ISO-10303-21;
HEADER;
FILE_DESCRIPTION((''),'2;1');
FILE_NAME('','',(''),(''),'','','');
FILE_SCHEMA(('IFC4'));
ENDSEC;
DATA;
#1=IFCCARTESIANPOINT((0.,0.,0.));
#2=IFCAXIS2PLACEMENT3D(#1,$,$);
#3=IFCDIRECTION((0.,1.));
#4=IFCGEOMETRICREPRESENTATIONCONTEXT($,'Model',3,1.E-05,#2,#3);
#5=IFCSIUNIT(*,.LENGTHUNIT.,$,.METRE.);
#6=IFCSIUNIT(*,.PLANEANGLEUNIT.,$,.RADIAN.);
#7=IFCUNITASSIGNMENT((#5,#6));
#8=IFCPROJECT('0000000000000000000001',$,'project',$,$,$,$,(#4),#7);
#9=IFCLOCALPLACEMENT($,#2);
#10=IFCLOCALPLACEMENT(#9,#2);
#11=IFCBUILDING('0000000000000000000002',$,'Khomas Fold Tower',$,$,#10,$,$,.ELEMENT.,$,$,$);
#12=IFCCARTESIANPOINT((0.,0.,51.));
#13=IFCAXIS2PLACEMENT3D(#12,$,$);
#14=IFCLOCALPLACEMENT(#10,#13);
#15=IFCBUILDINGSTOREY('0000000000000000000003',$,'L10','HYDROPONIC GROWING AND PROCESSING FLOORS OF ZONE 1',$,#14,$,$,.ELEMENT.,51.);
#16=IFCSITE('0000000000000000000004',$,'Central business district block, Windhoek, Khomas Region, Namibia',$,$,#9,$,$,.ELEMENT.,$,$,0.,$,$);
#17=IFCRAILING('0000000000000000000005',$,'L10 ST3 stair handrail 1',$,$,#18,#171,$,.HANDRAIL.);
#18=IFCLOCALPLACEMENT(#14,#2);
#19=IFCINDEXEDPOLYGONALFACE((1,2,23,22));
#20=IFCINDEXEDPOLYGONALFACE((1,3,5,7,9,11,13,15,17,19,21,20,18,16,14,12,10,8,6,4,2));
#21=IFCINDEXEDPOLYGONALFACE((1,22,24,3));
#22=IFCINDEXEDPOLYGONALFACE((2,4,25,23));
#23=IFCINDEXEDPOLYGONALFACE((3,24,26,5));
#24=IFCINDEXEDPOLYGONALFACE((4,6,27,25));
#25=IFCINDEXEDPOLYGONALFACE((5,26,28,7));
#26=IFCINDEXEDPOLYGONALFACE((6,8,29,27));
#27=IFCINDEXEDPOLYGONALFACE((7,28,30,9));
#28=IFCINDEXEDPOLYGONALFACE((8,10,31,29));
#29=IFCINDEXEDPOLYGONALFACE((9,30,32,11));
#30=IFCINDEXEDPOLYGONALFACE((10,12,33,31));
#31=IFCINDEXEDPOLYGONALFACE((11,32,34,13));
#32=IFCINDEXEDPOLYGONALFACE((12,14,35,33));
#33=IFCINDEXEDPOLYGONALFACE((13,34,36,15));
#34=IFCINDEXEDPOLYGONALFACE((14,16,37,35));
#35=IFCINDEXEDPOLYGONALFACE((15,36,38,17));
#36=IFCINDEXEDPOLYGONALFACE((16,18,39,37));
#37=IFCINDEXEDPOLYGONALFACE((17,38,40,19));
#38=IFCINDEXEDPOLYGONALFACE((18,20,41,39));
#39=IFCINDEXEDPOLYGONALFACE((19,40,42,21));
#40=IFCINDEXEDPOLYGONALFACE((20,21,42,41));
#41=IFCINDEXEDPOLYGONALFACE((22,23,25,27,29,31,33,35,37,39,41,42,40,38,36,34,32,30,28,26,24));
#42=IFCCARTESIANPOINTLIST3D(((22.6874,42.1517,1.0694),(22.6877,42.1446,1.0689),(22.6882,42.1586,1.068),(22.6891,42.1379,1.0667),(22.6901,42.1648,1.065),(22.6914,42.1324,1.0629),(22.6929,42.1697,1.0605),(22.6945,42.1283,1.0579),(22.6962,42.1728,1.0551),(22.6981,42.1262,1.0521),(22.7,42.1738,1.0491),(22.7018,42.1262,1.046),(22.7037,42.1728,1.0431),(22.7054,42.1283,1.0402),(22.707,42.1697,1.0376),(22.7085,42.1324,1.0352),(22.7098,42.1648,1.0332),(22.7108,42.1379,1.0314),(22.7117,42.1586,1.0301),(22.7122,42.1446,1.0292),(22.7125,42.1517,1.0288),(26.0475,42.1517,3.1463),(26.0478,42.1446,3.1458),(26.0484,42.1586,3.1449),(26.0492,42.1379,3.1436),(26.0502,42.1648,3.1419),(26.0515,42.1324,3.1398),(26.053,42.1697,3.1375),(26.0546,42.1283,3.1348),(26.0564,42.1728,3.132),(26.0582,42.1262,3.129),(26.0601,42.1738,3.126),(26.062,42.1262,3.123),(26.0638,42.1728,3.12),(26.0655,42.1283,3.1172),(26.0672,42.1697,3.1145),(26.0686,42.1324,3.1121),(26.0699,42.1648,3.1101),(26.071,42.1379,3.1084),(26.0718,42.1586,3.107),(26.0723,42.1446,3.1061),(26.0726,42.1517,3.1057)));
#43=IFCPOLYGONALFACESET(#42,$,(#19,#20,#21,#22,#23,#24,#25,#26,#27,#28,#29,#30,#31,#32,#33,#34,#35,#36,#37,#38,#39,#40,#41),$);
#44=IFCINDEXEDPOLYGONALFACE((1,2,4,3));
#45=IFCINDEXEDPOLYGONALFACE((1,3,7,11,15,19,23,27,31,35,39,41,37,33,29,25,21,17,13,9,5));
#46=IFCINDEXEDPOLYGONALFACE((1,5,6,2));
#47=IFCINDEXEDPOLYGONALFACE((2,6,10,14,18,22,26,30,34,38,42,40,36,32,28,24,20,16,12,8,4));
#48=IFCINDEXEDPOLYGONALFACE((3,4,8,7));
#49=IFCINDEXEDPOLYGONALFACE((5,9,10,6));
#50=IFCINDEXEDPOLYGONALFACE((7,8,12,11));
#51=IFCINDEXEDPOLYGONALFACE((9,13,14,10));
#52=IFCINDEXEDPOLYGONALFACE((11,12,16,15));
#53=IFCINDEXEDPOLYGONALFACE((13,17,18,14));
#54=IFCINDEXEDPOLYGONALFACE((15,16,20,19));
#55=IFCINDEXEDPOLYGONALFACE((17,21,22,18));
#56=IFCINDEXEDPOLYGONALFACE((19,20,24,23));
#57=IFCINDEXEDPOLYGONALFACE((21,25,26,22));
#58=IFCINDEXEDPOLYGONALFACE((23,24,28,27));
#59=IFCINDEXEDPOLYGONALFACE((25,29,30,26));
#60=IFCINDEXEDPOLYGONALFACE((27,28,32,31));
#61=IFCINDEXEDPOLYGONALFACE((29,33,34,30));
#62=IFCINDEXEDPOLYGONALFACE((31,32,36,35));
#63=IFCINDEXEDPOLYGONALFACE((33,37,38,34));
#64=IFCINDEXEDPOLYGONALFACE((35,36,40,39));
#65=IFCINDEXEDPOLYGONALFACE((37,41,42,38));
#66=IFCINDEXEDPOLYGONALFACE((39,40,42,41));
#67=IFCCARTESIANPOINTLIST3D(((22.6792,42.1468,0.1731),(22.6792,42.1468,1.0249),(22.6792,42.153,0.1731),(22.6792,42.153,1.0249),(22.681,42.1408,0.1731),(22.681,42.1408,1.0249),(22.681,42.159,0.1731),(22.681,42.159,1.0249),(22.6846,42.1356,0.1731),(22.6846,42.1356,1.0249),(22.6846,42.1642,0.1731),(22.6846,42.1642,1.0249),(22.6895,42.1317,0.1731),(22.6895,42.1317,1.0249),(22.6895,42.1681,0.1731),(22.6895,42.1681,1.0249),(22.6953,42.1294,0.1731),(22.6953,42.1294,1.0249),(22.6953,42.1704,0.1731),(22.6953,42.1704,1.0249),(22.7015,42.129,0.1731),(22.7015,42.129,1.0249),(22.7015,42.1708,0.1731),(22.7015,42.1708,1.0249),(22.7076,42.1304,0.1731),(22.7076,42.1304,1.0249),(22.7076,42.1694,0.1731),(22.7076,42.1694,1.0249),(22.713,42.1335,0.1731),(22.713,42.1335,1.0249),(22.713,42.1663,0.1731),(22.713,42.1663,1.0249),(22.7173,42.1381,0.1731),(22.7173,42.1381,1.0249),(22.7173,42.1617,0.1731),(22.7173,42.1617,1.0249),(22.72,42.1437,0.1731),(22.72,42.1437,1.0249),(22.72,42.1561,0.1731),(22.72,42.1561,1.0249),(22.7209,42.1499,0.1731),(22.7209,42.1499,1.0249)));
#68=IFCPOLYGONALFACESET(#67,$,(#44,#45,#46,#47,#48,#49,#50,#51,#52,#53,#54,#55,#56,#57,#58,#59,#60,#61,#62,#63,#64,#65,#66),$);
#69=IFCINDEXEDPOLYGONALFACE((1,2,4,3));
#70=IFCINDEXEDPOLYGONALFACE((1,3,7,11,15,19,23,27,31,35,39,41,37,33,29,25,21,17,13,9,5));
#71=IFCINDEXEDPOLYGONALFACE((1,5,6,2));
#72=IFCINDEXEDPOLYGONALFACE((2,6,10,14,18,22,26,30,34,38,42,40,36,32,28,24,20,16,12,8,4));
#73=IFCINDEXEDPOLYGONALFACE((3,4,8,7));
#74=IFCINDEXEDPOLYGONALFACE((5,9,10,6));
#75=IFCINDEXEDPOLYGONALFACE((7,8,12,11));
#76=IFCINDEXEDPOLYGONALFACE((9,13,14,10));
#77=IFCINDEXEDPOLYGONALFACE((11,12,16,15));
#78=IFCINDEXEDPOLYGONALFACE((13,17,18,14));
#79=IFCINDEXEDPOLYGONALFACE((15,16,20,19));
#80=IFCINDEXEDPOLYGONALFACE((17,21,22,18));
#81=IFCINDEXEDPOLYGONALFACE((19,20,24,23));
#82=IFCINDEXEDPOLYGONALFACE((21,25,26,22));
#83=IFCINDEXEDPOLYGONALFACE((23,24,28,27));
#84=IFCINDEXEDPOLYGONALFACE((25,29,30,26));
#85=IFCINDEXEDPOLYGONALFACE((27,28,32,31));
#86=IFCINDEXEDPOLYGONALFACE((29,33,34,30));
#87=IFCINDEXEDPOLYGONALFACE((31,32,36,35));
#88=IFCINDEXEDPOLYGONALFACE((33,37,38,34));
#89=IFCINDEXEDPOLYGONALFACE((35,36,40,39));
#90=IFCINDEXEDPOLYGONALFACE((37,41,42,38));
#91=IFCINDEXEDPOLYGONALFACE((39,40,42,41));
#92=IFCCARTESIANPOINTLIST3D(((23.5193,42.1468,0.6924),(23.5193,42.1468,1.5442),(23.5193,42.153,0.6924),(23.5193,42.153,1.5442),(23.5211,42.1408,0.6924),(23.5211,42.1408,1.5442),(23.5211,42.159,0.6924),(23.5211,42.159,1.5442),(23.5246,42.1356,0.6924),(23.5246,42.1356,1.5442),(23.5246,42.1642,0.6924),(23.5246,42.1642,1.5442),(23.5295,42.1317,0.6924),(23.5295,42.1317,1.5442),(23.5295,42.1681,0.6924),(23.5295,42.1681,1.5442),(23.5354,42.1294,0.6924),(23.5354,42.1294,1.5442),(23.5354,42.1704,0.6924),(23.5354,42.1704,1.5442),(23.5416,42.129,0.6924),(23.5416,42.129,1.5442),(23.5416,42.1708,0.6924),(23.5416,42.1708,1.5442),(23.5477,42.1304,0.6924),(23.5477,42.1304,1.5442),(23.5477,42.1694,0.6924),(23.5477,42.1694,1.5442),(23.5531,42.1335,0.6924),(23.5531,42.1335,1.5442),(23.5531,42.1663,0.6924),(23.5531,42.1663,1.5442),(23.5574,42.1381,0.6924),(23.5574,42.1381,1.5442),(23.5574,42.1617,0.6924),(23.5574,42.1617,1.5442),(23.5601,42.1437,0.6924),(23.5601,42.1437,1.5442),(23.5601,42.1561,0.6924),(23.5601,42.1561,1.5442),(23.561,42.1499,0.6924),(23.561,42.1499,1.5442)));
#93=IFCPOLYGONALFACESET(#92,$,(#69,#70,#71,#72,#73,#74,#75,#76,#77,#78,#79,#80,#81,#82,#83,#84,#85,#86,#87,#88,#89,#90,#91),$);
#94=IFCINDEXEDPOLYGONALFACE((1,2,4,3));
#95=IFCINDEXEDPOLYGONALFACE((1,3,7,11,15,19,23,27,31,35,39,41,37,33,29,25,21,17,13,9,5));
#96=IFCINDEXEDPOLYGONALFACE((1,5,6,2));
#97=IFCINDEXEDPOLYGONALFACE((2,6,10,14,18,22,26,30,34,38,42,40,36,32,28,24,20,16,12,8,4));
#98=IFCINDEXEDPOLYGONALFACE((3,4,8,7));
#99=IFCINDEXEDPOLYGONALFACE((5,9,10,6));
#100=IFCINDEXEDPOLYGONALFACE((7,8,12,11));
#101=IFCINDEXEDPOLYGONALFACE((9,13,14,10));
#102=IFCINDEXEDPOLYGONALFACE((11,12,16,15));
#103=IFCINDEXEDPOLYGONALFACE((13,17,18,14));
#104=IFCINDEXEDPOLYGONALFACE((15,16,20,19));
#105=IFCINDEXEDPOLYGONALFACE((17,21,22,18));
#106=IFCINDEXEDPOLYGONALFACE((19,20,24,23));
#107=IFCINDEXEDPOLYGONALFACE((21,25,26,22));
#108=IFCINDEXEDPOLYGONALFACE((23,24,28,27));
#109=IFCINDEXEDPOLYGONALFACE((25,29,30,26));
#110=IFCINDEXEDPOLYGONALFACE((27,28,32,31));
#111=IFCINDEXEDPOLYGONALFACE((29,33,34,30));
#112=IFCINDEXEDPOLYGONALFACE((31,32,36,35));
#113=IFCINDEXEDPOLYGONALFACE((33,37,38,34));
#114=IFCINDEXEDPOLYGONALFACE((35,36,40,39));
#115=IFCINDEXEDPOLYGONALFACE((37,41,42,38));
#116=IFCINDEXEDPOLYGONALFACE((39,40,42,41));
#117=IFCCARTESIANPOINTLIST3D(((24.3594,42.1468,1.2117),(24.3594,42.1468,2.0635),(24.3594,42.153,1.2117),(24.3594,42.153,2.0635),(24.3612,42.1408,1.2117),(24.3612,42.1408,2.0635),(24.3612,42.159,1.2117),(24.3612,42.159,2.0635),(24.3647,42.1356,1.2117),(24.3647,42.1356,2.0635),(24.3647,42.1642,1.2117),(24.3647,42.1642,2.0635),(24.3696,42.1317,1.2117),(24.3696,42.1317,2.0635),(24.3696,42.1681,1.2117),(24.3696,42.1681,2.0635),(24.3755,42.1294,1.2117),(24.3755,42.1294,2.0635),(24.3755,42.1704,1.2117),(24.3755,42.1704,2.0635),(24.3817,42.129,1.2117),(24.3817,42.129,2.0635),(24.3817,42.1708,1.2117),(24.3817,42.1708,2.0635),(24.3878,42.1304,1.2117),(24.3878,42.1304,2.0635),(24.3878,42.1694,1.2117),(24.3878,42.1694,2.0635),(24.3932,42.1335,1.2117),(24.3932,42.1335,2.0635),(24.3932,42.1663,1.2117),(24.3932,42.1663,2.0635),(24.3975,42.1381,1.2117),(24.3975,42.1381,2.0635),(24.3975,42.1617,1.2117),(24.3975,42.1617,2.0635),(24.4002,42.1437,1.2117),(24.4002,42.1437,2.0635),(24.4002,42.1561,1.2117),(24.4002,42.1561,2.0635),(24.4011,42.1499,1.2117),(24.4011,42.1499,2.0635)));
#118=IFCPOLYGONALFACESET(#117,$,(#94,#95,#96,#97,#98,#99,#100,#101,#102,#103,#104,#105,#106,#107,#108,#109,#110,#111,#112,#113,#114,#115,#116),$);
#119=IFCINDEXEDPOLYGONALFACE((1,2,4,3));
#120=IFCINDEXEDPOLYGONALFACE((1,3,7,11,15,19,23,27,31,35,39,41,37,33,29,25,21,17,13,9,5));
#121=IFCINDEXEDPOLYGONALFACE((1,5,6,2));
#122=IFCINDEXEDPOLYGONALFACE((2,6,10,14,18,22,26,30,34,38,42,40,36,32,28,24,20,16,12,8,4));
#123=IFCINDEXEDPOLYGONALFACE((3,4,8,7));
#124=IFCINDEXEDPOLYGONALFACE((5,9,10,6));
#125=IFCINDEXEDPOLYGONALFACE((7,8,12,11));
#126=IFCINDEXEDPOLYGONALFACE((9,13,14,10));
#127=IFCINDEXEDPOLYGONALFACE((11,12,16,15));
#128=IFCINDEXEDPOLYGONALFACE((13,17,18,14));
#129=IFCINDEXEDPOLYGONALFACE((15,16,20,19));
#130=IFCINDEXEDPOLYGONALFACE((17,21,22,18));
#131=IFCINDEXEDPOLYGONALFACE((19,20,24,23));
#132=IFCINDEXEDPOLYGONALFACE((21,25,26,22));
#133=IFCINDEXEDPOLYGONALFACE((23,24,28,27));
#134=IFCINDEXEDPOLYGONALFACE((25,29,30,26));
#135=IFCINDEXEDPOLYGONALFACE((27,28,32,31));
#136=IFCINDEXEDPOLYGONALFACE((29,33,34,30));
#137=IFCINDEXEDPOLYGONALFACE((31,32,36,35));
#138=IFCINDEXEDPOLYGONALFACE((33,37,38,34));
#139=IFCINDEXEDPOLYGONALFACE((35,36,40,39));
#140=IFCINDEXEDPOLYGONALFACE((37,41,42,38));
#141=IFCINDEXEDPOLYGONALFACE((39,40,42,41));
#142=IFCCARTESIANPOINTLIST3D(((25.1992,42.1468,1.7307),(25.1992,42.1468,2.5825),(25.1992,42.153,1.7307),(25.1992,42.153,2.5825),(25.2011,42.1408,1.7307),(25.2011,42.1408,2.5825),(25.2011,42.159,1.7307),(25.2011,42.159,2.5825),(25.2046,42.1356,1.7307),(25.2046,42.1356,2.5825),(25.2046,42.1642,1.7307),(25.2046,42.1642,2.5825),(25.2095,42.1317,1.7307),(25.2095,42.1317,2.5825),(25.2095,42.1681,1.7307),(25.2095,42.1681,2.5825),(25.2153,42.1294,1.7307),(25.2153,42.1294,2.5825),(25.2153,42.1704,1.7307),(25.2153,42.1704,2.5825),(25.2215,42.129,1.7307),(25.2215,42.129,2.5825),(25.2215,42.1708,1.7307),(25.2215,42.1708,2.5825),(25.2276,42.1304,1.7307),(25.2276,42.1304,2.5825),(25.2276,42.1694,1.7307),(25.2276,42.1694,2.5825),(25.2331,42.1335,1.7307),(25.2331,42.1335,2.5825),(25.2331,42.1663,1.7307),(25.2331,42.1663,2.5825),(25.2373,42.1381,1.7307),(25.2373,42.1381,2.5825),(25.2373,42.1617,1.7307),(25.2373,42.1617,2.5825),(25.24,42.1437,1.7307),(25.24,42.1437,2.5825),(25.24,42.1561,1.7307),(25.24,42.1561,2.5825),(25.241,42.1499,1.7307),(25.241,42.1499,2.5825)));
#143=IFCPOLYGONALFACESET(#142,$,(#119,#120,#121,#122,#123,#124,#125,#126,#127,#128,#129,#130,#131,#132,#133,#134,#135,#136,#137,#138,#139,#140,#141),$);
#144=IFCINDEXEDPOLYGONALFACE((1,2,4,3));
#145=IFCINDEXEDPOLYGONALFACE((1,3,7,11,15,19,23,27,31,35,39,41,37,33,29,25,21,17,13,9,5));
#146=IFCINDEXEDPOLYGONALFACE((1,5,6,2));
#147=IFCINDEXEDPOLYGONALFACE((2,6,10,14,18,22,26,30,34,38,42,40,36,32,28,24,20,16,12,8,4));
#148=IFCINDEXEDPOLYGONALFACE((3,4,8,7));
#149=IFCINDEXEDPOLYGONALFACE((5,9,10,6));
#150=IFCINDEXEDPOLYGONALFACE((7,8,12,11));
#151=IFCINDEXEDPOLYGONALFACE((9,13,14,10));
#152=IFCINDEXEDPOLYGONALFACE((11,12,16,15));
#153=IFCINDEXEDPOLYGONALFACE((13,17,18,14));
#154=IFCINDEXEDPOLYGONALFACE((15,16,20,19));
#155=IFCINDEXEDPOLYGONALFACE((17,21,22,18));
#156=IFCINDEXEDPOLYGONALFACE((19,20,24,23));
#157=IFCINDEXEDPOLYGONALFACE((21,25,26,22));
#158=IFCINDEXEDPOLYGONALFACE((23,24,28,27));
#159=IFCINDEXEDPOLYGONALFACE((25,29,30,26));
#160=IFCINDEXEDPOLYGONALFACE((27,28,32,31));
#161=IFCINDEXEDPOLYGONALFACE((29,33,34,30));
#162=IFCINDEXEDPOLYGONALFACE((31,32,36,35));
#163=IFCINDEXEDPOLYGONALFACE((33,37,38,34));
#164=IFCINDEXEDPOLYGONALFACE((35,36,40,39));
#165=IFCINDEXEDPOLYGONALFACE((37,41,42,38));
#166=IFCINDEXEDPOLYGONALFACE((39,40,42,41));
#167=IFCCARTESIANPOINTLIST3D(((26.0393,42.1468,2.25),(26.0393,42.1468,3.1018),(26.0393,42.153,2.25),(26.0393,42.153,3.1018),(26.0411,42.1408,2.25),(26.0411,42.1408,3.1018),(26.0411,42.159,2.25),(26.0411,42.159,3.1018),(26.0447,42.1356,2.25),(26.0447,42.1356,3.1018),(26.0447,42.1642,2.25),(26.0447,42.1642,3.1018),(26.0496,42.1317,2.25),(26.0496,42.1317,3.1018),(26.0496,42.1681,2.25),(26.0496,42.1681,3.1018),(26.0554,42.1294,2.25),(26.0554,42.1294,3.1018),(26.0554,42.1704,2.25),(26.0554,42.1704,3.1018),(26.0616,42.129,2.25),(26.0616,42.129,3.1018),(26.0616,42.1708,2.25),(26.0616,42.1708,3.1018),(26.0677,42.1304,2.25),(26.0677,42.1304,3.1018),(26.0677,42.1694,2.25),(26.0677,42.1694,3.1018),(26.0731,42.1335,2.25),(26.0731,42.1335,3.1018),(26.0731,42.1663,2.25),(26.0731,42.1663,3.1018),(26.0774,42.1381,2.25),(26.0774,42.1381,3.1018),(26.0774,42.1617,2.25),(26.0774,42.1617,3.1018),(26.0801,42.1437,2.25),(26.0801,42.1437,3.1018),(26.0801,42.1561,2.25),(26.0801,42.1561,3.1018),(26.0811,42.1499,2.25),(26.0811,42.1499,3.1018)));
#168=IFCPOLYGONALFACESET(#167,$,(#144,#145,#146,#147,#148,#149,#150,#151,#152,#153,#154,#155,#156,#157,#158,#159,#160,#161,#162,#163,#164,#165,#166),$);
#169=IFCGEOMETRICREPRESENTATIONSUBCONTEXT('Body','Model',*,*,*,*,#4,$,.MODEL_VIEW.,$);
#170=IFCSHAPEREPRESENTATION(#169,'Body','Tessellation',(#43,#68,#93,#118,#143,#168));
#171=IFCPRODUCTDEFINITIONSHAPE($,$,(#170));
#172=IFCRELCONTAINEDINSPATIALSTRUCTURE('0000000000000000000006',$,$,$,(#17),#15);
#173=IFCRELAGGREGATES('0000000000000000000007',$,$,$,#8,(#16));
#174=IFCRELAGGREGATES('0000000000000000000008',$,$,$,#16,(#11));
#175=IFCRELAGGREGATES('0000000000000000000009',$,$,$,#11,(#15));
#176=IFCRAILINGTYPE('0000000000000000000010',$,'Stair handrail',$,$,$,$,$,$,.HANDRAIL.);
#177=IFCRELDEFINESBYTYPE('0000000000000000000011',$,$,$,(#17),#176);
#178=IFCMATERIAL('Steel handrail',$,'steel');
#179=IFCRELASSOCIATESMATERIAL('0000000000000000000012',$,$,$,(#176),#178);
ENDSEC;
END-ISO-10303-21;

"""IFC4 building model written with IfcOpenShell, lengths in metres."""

from ifc_helpers import new_model, si_unit, direction, frame, origin, origin_2d, place, context, subcontext, project, spatial, circle, extrude, source, transform, mapped, material, type_object, element, save


model = new_model("IFC4")

# Units and contexts
model_context = context("Model", 3, precision=1e-05, world=origin(), true_north=direction((0.0, 1.0)))
body_context = subcontext(model_context, "Body", "Model", "MODEL_VIEW")
ifc_project = project(units=[si_unit("LENGTHUNIT", "METRE"), si_unit("PLANEANGLEUNIT", "RADIAN")], contexts=[model_context])

# Site, building, storey
site_placement = place(None, origin())
site = spatial("IfcSite", under=ifc_project, at=site_placement, Name="Central business district block, Windhoek, Khomas Region, Namibia", CompositionType="ELEMENT", RefElevation=0.0)
building_placement = place(site_placement, origin())
building = spatial("IfcBuilding", under=site, at=building_placement, Name="Khomas Fold Tower", CompositionType="ELEMENT")
storey_placement = place(building_placement, frame((0.0, 0.0, 51.0)))
storey = spatial("IfcBuildingStorey", under=building, at=storey_placement, Name="L10", Description="HYDROPONIC GROWING AND PROCESSING FLOORS OF ZONE 1", CompositionType="ELEMENT", Elevation=51.0)

# Railing
ifc_material_1 = material(Name="Steel handrail", Category="steel")
railing_type_1 = type_object("IfcRailingType", Name="Stair handrail", PredefinedType="HANDRAIL", material=ifc_material_1)
shared_shape_1 = source(origin(), body_context, "Body", "SweptSolid", [
    extrude(circle(Radius=0.0239, at=origin_2d()), frame((0.0, 0.0, 0.876), z_axis=(0.850623, 0.0, 0.525776), x_axis=(0.0, 1.0, 0.0)), (0.0, 0.0, 1.0), 3.9502),
    extrude(circle(Radius=0.021, at=origin_2d()), origin(), (0.0, 0.0, 1.0), 0.8518),
    extrude(circle(Radius=0.021, at=origin_2d()), frame((0.8401, 0.0, 0.5193)), (0.0, 0.0, 1.0), 0.8518),
    extrude(circle(Radius=0.021, at=origin_2d()), frame((1.6802, 0.0, 1.0386)), (0.0, 0.0, 1.0), 0.8518),
    extrude(circle(Radius=0.021, at=origin_2d()), frame((2.52, 0.0, 1.5576)), (0.0, 0.0, 1.0), 0.8518),
    extrude(circle(Radius=0.021, at=origin_2d()), frame((3.3601, 0.0, 2.0769)), (0.0, 0.0, 1.0), 0.8518),
])
railing_1_placement = place(storey_placement, frame((22.7, 42.1499, 0.1731)))
element("IfcRailing", 1, at=railing_1_placement, inside=storey, type_object=railing_type_1, Name="L10 ST3 stair handrail 1", PredefinedType="HANDRAIL", context=body_context, shape_type="MappedRepresentation", body=[
    mapped(shared_shape_1, transform((0.0, 0.0, 0.0))),
])

save(model, "model.ifc")
